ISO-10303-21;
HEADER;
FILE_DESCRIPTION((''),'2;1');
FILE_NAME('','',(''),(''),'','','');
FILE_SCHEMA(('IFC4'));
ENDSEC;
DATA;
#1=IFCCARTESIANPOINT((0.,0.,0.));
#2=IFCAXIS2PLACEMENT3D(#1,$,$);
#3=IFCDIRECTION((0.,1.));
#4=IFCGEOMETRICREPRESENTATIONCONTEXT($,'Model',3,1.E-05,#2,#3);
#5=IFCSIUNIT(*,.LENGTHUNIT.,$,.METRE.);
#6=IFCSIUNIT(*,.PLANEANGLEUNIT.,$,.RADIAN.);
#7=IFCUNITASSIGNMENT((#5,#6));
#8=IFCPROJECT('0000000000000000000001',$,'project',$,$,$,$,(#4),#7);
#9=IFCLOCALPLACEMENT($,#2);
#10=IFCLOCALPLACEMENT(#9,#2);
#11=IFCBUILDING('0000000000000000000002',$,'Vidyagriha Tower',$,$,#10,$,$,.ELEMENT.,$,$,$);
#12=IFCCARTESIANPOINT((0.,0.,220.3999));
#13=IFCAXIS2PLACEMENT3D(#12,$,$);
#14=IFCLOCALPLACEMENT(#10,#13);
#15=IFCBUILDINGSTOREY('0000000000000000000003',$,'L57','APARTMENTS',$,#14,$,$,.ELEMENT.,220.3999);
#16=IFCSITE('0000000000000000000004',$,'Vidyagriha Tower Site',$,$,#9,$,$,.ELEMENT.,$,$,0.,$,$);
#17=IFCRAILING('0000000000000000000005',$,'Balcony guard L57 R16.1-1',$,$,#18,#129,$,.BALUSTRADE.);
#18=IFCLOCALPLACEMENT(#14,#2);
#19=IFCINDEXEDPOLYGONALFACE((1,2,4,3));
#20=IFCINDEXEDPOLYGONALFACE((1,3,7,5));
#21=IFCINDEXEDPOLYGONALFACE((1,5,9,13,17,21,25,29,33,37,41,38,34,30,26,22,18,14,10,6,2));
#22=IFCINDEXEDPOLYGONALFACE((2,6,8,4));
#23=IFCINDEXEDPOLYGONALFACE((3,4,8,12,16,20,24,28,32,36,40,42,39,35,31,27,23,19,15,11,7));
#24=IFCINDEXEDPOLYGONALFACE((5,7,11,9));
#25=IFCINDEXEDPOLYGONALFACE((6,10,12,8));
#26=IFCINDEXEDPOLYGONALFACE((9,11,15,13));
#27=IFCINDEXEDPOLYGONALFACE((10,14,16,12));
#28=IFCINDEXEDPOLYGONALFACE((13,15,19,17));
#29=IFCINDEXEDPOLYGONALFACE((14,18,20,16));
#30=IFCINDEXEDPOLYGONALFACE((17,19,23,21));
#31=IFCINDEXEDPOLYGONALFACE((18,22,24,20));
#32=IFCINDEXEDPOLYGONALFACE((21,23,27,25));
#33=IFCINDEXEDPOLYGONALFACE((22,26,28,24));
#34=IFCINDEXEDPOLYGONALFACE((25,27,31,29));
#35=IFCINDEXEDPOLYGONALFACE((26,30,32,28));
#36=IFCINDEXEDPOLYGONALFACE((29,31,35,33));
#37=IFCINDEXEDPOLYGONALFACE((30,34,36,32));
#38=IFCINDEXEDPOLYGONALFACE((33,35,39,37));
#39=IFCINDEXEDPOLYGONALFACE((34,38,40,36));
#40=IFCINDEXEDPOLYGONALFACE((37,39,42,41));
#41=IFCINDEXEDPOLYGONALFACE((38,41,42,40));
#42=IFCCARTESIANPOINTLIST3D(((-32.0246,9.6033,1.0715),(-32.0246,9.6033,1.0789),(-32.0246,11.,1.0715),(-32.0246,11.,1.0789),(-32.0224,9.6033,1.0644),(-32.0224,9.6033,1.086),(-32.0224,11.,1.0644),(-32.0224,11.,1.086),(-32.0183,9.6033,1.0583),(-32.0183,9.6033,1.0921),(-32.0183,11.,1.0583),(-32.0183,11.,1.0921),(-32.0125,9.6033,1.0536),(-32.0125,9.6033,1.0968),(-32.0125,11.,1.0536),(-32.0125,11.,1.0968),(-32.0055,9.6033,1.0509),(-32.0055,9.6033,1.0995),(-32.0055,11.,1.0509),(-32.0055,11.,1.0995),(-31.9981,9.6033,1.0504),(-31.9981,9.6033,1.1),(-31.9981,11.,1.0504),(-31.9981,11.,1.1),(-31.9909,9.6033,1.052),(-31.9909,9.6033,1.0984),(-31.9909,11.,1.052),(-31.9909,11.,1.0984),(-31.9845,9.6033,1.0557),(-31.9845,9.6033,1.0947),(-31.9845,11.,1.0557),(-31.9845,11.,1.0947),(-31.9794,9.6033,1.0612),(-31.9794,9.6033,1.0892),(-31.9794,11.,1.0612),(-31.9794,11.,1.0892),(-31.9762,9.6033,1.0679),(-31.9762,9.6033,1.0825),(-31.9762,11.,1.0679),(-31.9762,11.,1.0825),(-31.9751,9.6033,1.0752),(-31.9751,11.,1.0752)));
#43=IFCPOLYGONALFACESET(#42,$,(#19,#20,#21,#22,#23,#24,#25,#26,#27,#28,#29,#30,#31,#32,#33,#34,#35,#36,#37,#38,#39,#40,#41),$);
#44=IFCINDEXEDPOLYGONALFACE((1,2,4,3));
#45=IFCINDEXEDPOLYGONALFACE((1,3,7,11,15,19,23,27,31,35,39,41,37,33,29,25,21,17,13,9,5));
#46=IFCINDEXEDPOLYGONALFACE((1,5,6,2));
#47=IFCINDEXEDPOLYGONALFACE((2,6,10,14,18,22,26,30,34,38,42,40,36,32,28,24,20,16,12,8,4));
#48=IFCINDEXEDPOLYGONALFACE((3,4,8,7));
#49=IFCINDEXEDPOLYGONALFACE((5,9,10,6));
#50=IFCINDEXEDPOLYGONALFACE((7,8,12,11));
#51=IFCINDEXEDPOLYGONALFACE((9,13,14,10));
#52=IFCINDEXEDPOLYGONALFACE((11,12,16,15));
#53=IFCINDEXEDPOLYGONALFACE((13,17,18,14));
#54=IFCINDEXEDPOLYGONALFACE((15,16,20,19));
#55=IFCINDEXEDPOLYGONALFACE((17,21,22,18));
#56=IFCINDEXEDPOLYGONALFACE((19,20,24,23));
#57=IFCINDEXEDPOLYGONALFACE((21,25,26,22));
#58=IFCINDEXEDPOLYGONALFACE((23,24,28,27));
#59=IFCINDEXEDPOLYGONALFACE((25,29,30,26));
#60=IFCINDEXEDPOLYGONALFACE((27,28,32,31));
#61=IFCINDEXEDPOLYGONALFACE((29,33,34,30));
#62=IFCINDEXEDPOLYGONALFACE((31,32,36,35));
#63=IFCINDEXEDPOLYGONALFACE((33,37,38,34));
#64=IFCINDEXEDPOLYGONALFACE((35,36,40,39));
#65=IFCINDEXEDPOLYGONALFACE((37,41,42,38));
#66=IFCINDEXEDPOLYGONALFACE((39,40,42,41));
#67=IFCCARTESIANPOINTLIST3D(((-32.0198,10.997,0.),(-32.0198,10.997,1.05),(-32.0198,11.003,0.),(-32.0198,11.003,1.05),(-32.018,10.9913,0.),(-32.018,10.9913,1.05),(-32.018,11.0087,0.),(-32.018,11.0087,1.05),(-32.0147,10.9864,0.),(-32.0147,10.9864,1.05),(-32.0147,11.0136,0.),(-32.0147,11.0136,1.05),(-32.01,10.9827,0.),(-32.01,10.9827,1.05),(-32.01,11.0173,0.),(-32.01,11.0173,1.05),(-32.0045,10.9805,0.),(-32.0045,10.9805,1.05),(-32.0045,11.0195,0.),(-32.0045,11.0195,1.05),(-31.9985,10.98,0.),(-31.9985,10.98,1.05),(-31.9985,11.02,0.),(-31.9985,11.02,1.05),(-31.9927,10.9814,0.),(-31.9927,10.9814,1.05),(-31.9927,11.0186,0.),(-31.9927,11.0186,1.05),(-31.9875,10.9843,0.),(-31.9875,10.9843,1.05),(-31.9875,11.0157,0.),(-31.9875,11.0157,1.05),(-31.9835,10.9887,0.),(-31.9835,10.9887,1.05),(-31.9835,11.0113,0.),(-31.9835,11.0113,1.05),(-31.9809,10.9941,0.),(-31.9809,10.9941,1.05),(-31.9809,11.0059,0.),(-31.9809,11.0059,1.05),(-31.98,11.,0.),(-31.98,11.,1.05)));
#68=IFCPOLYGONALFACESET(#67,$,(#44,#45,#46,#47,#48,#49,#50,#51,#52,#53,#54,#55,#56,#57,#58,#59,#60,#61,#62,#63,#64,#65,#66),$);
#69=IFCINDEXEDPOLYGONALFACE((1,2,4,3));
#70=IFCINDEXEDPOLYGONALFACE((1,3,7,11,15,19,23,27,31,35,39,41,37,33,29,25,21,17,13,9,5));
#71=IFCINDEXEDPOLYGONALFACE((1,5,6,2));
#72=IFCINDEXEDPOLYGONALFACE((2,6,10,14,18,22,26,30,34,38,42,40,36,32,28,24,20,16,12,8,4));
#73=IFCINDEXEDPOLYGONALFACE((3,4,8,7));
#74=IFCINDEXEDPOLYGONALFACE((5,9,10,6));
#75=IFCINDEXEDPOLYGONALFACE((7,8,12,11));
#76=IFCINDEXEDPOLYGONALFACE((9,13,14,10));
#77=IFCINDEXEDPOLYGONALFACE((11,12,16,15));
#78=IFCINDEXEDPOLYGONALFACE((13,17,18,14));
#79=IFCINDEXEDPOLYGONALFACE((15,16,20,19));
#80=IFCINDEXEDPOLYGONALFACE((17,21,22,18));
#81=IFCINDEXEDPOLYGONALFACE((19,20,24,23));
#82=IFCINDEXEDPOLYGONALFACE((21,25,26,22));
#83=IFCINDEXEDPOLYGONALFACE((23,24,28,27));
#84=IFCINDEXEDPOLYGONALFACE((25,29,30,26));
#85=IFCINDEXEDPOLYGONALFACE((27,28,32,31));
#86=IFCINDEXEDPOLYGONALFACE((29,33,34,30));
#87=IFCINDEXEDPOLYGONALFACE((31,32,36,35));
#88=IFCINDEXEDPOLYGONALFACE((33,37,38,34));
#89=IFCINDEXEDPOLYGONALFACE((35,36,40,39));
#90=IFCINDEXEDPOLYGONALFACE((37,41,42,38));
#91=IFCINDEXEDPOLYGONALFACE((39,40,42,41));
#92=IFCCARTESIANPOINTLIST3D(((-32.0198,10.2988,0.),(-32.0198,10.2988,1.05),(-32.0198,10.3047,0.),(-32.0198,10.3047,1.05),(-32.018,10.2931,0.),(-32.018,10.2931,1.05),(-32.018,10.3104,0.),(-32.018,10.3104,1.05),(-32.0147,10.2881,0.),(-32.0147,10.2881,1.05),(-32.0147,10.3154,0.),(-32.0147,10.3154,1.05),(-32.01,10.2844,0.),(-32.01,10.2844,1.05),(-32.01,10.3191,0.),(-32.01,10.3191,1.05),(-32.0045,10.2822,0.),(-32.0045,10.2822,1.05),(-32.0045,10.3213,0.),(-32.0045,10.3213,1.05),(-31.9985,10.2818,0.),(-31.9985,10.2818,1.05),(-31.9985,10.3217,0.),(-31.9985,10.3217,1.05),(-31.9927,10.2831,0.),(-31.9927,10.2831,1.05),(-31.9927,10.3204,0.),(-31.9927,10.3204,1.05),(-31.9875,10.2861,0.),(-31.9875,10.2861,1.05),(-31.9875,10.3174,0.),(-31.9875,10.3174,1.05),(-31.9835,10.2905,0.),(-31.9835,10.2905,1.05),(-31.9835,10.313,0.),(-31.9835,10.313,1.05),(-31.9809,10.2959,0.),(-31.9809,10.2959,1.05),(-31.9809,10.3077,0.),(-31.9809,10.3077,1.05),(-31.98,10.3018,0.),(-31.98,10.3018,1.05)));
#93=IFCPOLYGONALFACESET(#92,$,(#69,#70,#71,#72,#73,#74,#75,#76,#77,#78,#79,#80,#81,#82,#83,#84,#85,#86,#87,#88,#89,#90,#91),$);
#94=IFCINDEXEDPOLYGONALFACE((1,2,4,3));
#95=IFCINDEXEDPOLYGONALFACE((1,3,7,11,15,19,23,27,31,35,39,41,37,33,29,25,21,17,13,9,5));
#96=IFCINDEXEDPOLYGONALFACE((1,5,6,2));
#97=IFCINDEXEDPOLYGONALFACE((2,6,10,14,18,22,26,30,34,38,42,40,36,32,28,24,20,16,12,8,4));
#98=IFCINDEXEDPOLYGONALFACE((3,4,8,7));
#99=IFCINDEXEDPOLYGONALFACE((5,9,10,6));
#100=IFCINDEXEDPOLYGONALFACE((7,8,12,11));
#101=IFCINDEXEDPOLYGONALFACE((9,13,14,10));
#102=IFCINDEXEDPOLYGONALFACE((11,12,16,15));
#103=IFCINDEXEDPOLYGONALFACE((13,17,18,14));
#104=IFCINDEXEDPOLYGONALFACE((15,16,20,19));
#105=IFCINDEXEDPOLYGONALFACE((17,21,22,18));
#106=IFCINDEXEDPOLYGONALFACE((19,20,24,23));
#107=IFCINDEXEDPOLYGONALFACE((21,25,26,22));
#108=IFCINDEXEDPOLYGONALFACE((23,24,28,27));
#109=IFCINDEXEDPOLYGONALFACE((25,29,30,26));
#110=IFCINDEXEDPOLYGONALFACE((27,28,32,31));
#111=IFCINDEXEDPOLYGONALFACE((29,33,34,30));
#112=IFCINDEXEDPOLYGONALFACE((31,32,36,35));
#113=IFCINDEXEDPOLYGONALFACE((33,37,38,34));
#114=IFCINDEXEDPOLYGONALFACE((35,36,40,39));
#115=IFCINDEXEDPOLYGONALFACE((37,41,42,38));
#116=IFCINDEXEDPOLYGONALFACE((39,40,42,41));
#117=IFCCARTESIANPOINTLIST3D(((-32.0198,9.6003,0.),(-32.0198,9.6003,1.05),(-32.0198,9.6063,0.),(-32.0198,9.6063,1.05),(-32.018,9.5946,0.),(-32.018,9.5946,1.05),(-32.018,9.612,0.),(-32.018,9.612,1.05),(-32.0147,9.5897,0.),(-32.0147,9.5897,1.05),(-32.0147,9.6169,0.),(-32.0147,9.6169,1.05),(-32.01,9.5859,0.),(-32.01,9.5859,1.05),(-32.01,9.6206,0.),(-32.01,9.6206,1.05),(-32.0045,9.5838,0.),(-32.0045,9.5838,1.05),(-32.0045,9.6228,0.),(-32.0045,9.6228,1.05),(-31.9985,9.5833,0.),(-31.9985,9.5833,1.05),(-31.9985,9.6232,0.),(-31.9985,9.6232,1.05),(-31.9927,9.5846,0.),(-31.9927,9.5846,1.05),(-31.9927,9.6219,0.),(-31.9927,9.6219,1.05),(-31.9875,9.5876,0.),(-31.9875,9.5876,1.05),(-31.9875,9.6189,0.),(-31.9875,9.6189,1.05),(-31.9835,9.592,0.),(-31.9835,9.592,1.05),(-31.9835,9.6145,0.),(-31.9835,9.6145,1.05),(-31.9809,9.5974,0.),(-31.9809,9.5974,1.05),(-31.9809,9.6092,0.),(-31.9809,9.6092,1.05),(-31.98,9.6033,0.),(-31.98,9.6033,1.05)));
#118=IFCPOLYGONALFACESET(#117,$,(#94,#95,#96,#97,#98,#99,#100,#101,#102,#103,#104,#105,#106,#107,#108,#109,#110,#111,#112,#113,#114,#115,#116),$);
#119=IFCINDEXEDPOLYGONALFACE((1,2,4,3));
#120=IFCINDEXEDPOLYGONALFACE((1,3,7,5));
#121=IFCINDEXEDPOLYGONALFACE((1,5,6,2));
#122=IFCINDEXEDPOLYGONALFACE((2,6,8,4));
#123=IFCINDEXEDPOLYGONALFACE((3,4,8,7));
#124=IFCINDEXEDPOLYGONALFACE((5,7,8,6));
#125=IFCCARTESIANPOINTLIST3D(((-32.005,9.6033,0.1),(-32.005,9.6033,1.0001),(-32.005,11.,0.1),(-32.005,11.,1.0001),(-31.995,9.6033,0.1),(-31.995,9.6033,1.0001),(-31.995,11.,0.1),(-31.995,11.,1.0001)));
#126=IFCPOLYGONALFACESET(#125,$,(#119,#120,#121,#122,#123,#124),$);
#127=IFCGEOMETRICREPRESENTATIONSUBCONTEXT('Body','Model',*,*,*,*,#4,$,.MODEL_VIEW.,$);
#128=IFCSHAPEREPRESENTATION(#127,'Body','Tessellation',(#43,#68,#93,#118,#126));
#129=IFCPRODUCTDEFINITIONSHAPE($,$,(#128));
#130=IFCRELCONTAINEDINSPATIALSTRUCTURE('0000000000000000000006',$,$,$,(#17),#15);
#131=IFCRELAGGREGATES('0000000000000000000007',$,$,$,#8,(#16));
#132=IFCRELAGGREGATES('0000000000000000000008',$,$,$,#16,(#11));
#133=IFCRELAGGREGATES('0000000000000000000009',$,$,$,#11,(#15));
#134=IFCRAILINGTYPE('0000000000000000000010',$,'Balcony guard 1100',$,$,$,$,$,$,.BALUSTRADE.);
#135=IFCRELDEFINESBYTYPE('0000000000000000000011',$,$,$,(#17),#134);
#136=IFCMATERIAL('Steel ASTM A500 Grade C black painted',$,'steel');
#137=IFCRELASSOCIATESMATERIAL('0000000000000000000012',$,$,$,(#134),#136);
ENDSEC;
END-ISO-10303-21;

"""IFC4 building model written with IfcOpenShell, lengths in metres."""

from ifc_helpers import new_model, si_unit, direction, frame, origin, origin_2d, place, context, subcontext, project, spatial, rectangle, circle, extrude, material, type_object, element, save


model = new_model("IFC4")

# Units and contexts
model_context = context("Model", 3, precision=1e-05, world=origin(), true_north=direction((0.0, 1.0)))
body_context = subcontext(model_context, "Body", "Model", "MODEL_VIEW")
ifc_project = project(units=[si_unit("LENGTHUNIT", "METRE"), si_unit("PLANEANGLEUNIT", "RADIAN")], contexts=[model_context])

# Site, building, storey
site_placement = place(None, origin())
site = spatial("IfcSite", under=ifc_project, at=site_placement, Name="Vidyagriha Tower Site", CompositionType="ELEMENT", RefElevation=0.0)
building_placement = place(site_placement, origin())
building = spatial("IfcBuilding", under=site, at=building_placement, Name="Vidyagriha Tower", CompositionType="ELEMENT")
storey_placement = place(building_placement, frame((0.0, 0.0, 220.3999)))
storey = spatial("IfcBuildingStorey", under=building, at=storey_placement, Name="L57", Description="APARTMENTS", CompositionType="ELEMENT", Elevation=220.3999)

# Railing
ifc_material_1 = material(Name="Steel ASTM A500 Grade C black painted", Category="steel")
railing_type_1 = type_object("IfcRailingType", Name="Balcony guard 1100", PredefinedType="BALUSTRADE", material=ifc_material_1)
railing_1_placement = place(storey_placement, frame((-32.0, 11.0, 0.0)))
element("IfcRailing", 1, at=railing_1_placement, inside=storey, type_object=railing_type_1, Name="Balcony guard L57 R16.1-1", PredefinedType="BALUSTRADE", context=body_context, shape_type="SweptSolid", body=[
    extrude(circle(Radius=0.0249, at=origin_2d()), frame((0.0, 0.0, 1.0752), z_axis=(0.0, -1.0, 0.0), x_axis=(1.0, 0.0, 0.0)), (0.0, 0.0, 1.0), 1.3967),
    extrude(circle(Radius=0.02, at=origin_2d()), origin(), (0.0, 0.0, 1.0), 1.05),
    extrude(circle(Radius=0.02, at=origin_2d()), frame((0.0, -0.6982, 0.0)), (0.0, 0.0, 1.0), 1.05),
    extrude(circle(Radius=0.02, at=origin_2d()), frame((0.0, -1.3967, 0.0)), (0.0, 0.0, 1.0), 1.05),
    extrude(rectangle(XDim=0.01, YDim=0.9001, at=origin_2d()), frame((0.0, 0.0, 0.55), z_axis=(0.0, -1.0, 0.0), x_axis=(1.0, 0.0, 0.0)), (0.0, 0.0, 1.0), 1.3967),
])

save(model, "model.ifc")
